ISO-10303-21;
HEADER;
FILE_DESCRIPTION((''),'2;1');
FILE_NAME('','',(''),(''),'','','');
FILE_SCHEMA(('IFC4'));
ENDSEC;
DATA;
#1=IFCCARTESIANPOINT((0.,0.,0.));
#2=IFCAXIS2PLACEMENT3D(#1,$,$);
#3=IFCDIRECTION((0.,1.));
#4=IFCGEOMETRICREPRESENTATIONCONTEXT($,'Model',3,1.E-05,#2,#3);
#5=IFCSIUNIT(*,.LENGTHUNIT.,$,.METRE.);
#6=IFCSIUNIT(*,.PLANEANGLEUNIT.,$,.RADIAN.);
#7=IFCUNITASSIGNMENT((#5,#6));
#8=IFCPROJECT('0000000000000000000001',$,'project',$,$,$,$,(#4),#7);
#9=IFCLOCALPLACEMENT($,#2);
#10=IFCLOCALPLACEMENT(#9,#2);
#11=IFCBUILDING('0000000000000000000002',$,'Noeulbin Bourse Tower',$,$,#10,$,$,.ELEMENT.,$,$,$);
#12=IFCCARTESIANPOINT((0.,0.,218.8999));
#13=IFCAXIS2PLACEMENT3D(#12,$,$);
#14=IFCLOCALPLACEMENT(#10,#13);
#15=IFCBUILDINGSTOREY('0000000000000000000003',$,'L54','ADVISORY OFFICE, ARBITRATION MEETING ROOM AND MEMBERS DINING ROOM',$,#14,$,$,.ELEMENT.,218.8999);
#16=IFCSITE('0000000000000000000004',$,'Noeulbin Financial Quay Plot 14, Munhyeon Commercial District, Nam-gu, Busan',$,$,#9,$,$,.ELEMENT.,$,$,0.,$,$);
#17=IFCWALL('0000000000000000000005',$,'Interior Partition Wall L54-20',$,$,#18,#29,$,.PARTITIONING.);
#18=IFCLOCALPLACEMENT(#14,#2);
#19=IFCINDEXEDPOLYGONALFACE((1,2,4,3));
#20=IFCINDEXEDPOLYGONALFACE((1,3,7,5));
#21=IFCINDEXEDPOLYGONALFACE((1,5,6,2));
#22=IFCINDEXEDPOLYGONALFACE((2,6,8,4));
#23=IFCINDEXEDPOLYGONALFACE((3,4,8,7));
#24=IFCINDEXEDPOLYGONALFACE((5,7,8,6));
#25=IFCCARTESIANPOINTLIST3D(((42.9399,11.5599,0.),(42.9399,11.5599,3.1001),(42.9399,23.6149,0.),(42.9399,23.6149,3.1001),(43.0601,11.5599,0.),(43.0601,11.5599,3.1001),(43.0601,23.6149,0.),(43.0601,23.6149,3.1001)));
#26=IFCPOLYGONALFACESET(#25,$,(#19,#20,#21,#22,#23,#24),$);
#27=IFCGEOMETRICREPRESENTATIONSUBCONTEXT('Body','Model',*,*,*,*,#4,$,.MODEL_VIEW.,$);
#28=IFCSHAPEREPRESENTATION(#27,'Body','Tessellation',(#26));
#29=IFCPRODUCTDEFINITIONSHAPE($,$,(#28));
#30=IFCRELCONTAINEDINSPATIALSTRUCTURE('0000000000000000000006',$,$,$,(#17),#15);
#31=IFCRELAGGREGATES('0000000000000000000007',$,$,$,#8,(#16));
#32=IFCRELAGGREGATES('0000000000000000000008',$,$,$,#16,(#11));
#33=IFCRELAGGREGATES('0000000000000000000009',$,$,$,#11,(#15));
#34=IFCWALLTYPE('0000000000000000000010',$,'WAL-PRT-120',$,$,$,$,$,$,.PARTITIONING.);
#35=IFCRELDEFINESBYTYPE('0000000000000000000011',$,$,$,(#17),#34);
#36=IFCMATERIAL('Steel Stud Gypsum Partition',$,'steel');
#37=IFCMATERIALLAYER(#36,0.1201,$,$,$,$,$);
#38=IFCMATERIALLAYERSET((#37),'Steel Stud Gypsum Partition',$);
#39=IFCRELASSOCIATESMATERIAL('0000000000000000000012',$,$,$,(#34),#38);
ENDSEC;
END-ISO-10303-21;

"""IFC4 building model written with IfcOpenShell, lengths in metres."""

from ifc_helpers import new_model, si_unit, direction, frame, frame_2d, origin, place, context, subcontext, project, spatial, rectangle, extrude, material, layer, layer_set, type_object, element, save


model = new_model("IFC4")

# Units and contexts
model_context = context("Model", 3, precision=1e-05, world=origin(), true_north=direction((0.0, 1.0)))
body_context = subcontext(model_context, "Body", "Model", "MODEL_VIEW")
ifc_project = project(units=[si_unit("LENGTHUNIT", "METRE"), si_unit("PLANEANGLEUNIT", "RADIAN")], contexts=[model_context])

# Site, building, storey
site_placement = place(None, origin())
site = spatial("IfcSite", under=ifc_project, at=site_placement, Name="Noeulbin Financial Quay Plot 14, Munhyeon Commercial District, Nam-gu, Busan", CompositionType="ELEMENT", RefElevation=0.0)
building_placement = place(site_placement, origin())
building = spatial("IfcBuilding", under=site, at=building_placement, Name="Noeulbin Bourse Tower", CompositionType="ELEMENT")
storey_placement = place(building_placement, frame((0.0, 0.0, 218.8999)))
storey = spatial("IfcBuildingStorey", under=building, at=storey_placement, Name="L54", Description="ADVISORY OFFICE, ARBITRATION MEETING ROOM AND MEMBERS DINING ROOM", CompositionType="ELEMENT", Elevation=218.8999)

# Wall
ifc_material_1 = material(Name="Steel Stud Gypsum Partition", Category="steel")
ifc_layer_1 = layer(ifc_material_1, 0.1201)
ifc_layer_set_1 = layer_set([ifc_layer_1], Name="Steel Stud Gypsum Partition")
wall_type_1 = type_object("IfcWallType", Name="WAL-PRT-120", PredefinedType="PARTITIONING", material=ifc_layer_set_1)
wall_placement = place(storey_placement, frame((43.0, 11.5601, 0.0), z_axis=(0.0, 0.0, 1.0), x_axis=(0.0, 1.0, 0.0)))
element("IfcWall", 1, at=wall_placement, inside=storey, type_object=wall_type_1, Name="Interior Partition Wall L54-20", PredefinedType="PARTITIONING", context=body_context, shape_type="SweptSolid", body=[
    extrude(rectangle(XDim=12.0549, YDim=0.1201, at=frame_2d((6.0273, 0.0))), origin(), (0.0, 0.0, 1.0), 3.1001),
])

save(model, "model.ifc")
